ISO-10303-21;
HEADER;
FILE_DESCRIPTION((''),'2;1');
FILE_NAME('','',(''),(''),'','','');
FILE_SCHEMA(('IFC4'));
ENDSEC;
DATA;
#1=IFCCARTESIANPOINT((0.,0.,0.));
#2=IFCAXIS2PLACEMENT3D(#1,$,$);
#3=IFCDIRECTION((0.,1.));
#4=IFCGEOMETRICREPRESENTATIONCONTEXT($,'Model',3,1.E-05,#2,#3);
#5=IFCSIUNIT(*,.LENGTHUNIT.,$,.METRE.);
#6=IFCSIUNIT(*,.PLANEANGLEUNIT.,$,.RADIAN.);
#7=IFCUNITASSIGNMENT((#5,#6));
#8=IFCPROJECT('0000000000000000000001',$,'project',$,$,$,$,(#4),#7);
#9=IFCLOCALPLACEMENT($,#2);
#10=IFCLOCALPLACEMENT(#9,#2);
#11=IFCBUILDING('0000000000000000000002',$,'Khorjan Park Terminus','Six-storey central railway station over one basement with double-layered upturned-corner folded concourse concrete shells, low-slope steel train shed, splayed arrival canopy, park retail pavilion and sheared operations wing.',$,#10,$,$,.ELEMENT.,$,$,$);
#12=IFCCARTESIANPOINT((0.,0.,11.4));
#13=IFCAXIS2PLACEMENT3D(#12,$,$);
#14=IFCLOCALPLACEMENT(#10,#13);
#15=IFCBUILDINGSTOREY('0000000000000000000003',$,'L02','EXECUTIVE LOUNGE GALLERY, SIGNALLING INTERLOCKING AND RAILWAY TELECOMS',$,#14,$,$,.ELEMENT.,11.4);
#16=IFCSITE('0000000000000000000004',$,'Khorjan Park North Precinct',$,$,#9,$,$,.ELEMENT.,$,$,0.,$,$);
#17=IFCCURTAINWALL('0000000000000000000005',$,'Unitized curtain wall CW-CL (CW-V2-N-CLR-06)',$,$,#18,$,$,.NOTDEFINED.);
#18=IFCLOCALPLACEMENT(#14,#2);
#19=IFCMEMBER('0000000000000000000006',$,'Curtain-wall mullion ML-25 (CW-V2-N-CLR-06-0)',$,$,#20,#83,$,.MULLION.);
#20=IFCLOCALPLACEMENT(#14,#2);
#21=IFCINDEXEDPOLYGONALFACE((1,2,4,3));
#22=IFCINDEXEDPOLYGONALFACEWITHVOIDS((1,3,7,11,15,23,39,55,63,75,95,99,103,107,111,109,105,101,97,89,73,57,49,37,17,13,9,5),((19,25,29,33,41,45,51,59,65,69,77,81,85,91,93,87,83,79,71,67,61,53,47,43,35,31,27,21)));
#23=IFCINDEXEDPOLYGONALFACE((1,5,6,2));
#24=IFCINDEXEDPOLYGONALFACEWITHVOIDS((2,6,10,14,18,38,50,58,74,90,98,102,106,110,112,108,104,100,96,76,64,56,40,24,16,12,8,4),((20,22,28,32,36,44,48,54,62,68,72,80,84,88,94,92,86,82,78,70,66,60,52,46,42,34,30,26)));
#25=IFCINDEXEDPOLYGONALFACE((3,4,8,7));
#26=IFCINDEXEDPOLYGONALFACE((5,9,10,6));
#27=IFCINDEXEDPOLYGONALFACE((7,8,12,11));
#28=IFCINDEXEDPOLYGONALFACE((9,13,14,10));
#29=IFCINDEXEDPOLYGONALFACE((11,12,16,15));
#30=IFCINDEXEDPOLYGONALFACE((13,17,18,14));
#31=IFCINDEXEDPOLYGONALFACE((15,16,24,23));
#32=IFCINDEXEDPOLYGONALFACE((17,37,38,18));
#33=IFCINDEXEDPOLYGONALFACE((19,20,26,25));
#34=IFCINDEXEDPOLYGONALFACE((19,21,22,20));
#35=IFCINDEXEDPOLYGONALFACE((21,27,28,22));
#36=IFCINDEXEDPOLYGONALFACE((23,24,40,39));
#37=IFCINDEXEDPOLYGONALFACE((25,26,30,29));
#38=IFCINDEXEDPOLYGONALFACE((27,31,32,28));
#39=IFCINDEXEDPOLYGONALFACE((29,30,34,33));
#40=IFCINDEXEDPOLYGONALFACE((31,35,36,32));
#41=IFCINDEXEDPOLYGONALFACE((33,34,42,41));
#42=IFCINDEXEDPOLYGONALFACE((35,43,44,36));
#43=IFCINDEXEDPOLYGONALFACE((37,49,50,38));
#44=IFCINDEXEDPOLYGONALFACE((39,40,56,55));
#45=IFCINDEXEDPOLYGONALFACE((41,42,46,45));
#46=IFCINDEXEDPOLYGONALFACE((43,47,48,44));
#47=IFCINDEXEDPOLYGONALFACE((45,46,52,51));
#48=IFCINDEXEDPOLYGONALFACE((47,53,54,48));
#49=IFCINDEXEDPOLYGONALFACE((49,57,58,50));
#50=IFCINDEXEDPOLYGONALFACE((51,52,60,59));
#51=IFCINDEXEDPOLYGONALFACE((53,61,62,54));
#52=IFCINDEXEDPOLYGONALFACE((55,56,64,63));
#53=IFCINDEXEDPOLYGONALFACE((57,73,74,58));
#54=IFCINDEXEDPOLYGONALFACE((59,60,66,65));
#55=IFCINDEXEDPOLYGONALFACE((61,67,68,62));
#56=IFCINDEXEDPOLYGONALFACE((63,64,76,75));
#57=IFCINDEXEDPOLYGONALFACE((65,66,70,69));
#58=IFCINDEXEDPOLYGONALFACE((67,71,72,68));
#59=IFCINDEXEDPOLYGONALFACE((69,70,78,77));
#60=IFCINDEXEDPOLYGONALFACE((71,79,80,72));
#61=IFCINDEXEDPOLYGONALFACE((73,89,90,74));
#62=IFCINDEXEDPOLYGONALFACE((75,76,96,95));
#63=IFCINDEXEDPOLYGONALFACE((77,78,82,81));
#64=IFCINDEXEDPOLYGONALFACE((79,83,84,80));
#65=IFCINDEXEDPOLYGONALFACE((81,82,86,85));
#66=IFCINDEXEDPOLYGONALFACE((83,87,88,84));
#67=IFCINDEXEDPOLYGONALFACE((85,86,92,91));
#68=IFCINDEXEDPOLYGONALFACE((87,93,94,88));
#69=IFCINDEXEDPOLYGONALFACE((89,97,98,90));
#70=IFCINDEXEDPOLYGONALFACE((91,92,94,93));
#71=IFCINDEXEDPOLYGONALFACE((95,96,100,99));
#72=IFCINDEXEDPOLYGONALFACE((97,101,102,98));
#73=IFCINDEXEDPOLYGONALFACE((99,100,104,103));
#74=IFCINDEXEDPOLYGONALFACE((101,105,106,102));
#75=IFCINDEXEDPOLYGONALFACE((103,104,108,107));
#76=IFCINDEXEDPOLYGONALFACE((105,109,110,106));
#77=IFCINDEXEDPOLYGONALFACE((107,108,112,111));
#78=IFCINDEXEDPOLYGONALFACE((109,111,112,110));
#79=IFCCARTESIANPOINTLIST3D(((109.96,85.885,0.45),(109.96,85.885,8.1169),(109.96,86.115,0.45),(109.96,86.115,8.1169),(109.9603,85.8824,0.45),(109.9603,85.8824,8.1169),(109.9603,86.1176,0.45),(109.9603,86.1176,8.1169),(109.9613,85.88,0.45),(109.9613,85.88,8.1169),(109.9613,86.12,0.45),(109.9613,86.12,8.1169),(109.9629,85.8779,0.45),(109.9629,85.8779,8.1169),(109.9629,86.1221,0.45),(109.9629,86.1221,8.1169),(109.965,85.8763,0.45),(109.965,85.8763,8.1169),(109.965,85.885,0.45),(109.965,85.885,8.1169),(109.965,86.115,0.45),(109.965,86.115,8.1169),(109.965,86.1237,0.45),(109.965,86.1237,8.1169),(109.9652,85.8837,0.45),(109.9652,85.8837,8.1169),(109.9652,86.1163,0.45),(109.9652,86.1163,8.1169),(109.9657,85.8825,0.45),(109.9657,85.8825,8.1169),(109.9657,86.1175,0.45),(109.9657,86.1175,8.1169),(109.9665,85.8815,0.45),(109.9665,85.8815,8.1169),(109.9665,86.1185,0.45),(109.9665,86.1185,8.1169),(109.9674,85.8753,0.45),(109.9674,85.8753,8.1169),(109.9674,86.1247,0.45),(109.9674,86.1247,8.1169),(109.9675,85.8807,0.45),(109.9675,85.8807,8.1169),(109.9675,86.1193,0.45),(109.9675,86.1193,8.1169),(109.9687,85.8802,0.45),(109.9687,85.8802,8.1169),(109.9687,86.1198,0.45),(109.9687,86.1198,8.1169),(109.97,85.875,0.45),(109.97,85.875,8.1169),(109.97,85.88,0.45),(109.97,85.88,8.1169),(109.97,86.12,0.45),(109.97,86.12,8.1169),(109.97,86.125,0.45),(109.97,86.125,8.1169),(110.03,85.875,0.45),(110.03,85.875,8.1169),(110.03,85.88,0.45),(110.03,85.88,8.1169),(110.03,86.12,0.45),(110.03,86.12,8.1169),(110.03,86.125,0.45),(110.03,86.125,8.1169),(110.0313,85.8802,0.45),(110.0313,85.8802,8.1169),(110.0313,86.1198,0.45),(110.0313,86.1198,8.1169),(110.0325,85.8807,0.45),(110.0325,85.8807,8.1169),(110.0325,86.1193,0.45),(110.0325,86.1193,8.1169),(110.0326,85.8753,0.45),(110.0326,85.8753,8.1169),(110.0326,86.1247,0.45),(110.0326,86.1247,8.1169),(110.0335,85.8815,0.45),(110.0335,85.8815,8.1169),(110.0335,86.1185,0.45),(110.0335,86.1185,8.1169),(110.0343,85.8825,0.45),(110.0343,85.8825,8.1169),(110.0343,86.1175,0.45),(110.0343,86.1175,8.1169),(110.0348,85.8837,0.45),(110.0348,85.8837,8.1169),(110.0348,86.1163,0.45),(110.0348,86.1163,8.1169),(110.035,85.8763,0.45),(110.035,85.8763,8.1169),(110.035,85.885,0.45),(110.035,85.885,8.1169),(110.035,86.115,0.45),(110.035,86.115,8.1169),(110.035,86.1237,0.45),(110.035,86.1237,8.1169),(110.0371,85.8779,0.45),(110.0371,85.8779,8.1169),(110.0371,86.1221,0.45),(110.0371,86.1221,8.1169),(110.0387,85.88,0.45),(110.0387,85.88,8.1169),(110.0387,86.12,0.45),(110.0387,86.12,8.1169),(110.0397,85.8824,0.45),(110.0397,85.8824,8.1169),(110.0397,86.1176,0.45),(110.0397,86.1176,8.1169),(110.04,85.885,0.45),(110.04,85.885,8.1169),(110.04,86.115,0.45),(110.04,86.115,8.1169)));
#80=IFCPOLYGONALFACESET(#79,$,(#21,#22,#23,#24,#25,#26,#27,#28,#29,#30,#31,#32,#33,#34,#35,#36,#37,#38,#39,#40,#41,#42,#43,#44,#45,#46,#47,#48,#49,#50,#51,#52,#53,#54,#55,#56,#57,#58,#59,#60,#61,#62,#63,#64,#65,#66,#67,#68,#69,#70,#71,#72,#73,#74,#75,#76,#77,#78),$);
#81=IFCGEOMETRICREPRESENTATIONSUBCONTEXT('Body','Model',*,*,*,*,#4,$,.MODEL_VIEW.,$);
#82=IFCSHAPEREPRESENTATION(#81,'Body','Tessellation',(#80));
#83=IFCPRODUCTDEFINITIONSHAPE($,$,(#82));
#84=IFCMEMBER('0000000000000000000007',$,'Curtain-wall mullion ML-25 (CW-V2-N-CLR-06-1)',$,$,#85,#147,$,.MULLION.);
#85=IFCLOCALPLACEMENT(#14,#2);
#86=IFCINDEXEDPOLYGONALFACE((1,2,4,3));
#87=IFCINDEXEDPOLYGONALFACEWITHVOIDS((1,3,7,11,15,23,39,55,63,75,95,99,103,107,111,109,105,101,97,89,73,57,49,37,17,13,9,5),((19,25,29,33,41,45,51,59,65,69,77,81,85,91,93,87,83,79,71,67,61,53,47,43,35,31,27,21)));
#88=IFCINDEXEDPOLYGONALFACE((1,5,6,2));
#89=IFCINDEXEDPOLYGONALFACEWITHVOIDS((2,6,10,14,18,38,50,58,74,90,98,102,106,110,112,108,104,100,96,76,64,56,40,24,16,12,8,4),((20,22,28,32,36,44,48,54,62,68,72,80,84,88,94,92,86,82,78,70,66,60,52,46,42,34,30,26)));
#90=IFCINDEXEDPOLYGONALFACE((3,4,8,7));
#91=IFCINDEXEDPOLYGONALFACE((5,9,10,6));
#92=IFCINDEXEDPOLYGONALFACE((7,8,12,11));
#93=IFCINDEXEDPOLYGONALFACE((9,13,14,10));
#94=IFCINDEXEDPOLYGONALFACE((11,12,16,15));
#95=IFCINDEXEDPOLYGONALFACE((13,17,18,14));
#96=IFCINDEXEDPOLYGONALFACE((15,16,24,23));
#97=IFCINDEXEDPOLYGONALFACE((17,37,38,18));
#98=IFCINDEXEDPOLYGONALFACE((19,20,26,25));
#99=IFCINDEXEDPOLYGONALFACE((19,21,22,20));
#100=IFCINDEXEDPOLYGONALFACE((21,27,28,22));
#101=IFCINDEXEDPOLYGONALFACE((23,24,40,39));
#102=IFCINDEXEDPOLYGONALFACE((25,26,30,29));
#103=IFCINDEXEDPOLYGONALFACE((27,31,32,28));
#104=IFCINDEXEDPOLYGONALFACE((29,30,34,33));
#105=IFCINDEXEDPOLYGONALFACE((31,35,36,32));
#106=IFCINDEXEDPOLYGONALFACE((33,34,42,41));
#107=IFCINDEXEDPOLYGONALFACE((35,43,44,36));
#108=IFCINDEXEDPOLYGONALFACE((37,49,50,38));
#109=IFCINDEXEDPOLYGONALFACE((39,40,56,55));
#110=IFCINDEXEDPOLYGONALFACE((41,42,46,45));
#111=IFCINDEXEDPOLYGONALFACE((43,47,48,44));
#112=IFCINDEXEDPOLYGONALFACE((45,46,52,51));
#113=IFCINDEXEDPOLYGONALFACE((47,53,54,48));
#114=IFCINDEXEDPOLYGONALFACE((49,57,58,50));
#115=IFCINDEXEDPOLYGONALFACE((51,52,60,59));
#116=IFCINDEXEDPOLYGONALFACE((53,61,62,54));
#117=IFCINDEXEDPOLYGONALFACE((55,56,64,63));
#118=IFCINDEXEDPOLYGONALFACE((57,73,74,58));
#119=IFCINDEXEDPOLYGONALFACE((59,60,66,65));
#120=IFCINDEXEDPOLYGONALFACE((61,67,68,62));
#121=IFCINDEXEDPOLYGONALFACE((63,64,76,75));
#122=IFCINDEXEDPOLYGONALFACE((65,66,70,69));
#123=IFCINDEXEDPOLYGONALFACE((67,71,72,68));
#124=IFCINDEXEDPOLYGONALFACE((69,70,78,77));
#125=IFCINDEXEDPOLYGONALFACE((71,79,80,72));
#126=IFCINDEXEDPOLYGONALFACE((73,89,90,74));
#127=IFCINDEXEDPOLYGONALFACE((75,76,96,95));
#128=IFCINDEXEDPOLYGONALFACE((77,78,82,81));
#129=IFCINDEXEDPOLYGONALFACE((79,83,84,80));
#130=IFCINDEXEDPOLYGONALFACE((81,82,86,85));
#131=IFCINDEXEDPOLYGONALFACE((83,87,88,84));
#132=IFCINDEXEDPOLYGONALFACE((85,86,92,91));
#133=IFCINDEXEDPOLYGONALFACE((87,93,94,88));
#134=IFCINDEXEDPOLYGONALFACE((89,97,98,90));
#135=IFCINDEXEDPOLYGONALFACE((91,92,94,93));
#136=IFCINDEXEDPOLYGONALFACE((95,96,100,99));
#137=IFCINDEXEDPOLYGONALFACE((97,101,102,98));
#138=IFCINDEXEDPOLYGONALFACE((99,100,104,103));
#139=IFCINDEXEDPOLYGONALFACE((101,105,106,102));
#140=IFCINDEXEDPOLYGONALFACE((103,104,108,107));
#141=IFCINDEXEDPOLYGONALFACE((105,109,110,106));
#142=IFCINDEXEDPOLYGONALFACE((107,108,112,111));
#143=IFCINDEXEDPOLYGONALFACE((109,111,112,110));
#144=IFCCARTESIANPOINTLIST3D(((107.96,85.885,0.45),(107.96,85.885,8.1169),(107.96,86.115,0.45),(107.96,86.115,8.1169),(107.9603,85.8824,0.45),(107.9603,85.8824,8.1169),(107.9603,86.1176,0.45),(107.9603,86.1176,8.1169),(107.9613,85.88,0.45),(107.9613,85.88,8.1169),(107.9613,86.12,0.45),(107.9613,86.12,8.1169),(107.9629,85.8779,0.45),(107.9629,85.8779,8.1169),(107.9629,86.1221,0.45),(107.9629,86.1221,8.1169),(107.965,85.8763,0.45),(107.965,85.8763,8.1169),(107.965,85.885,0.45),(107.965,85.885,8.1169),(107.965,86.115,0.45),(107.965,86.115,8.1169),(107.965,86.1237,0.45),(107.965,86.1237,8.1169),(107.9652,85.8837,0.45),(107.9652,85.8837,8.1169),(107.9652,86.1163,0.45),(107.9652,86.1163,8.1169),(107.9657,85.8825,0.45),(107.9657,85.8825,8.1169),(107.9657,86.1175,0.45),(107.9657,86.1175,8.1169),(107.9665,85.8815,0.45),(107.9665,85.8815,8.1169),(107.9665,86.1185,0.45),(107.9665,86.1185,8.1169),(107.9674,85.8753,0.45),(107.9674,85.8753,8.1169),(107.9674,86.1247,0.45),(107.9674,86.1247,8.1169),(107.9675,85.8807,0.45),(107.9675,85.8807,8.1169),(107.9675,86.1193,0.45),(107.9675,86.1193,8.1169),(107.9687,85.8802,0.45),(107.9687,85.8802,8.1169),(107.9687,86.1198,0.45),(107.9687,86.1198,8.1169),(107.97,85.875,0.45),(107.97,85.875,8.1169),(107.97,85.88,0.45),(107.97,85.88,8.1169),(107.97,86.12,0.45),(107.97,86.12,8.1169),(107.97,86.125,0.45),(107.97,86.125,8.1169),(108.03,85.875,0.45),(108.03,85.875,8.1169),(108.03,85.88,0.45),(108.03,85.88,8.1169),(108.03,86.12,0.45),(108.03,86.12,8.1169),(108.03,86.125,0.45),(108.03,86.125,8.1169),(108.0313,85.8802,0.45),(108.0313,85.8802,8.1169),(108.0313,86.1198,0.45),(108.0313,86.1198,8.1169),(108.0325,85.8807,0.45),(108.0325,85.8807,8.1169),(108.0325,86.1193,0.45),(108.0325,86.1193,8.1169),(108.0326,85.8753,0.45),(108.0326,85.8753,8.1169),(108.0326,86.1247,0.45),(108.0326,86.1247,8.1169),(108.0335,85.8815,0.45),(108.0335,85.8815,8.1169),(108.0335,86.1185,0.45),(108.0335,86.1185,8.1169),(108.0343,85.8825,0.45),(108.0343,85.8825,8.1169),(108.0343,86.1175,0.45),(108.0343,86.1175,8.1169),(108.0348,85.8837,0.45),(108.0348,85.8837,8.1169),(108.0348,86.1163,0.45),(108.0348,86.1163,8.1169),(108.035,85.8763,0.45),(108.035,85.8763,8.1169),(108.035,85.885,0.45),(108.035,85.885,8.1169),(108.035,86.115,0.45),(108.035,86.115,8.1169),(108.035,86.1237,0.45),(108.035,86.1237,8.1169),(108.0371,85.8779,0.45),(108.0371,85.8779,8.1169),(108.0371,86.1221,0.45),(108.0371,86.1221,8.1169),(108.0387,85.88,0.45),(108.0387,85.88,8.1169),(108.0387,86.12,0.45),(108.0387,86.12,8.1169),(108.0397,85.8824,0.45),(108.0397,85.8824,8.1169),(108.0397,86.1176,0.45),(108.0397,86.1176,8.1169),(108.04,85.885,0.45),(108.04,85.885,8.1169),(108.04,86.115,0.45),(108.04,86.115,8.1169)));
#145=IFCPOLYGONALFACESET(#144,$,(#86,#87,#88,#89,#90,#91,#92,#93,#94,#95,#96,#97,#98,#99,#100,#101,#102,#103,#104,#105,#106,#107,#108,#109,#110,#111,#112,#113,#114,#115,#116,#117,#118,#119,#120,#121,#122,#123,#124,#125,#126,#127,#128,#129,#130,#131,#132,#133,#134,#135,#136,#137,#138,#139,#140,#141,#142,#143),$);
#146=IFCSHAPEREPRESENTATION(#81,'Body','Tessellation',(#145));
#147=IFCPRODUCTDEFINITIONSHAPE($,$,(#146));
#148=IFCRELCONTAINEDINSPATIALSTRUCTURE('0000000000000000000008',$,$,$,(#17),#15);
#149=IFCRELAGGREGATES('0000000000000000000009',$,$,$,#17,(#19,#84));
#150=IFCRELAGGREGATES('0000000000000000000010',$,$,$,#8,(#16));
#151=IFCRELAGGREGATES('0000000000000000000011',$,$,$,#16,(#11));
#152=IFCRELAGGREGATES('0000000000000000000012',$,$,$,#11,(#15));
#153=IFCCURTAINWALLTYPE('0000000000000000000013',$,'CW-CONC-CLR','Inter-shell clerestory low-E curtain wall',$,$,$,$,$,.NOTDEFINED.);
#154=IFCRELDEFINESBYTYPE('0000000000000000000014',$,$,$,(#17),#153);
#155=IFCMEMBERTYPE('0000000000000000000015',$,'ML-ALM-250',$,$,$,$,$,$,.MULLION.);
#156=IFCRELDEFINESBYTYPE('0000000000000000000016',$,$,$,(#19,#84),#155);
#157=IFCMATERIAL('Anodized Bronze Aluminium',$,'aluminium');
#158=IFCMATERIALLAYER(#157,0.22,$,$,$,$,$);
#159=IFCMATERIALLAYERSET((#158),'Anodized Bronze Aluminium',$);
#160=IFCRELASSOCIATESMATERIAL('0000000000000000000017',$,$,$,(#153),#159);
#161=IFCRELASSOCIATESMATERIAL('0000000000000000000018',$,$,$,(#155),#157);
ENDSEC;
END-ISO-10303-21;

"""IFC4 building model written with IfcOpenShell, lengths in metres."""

from ifc_helpers import new_model, si_unit, direction, frame, origin, origin_2d, place, context, subcontext, project, spatial, hollow_rectangle, extrude, material, layer, layer_set, material_profile, profile_set, type_object, element, aggregate, save


model = new_model("IFC4")

# Units and contexts
model_context = context("Model", 3, precision=1e-05, world=origin(), true_north=direction((0.0, 1.0)))
body_context = subcontext(model_context, "Body", "Model", "MODEL_VIEW")
ifc_project = project(units=[si_unit("LENGTHUNIT", "METRE"), si_unit("PLANEANGLEUNIT", "RADIAN")], contexts=[model_context])

# Site, building, storey
site_placement = place(None, origin())
site = spatial("IfcSite", under=ifc_project, at=site_placement, Name="Khorjan Park North Precinct", CompositionType="ELEMENT", RefElevation=0.0)
building_placement = place(site_placement, origin())
building = spatial("IfcBuilding", under=site, at=building_placement, Name="Khorjan Park Terminus", Description="Six-storey central railway station over one basement with double-layered upturned-corner folded concourse concrete shells, low-slope steel train shed, splayed arrival canopy, park retail pavilion and sheared operations wing.", CompositionType="ELEMENT")
storey_placement = place(building_placement, frame((0.0, 0.0, 11.4)))
storey = spatial("IfcBuildingStorey", under=building, at=storey_placement, Name="L02", Description="EXECUTIVE LOUNGE GALLERY, SIGNALLING INTERLOCKING AND RAILWAY TELECOMS", CompositionType="ELEMENT", Elevation=11.4)

# Curtain wall, members
ifc_material_1 = material(Name="Anodized Bronze Aluminium", Category="aluminium")
ifc_layer_1 = layer(ifc_material_1, 0.22)
ifc_layer_set_1 = layer_set([ifc_layer_1], Name="Anodized Bronze Aluminium")
curtain_wall_type = type_object("IfcCurtainWallType", Name="CW-CONC-CLR", Description="Inter-shell clerestory low-E curtain wall", PredefinedType="NOTDEFINED", material=ifc_layer_set_1)
curtain_wall_1_placement = place(storey_placement, origin())
curtain_wall_1 = element("IfcCurtainWall", 1, at=curtain_wall_1_placement, inside=storey, type_object=curtain_wall_type, Name="Unitized curtain wall CW-CL (CW-V2-N-CLR-06)", PredefinedType="NOTDEFINED")
ifc_material_profile_1 = material_profile(ifc_material_1, hollow_rectangle(XDim=0.08, YDim=0.25, WallThickness=0.005, InnerFilletRadius=0.005, OuterFilletRadius=0.01, at=origin_2d()), Name="ALM 80x250x5")
ifc_profile_set_1 = profile_set([ifc_material_profile_1], Name="Anodized Bronze Aluminium")
member_type_1 = type_object("IfcMemberType", Name="ML-ALM-250", PredefinedType="MULLION", material=ifc_profile_set_1)
member_1_placement = place(storey_placement, frame((110.0, 86.0, 0.45), z_axis=(0.0, 0.0, 1.0), x_axis=(-1.0, 0.0, 0.0)))
member_1 = element("IfcMember", 2, at=member_1_placement, type_object=member_type_1, Name="Curtain-wall mullion ML-25 (CW-V2-N-CLR-06-0)", PredefinedType="MULLION", context=body_context, shape_type="SweptSolid", body=[
    extrude(hollow_rectangle(XDim=0.08, YDim=0.25, WallThickness=0.005, InnerFilletRadius=0.005, OuterFilletRadius=0.01, at=origin_2d()), origin(), (0.0, 0.0, 1.0), 7.6669),
])
member_2_placement = place(storey_placement, frame((108.0, 86.0, 0.45), z_axis=(0.0, 0.0, 1.0), x_axis=(-1.0, 0.0, 0.0)))
member_2 = element("IfcMember", 3, at=member_2_placement, type_object=member_type_1, Name="Curtain-wall mullion ML-25 (CW-V2-N-CLR-06-1)", PredefinedType="MULLION", context=body_context, shape_type="SweptSolid", body=[
    extrude(hollow_rectangle(XDim=0.08, YDim=0.25, WallThickness=0.005, InnerFilletRadius=0.005, OuterFilletRadius=0.01, at=origin_2d()), origin(), (0.0, 0.0, 1.0), 7.6669),
])

aggregate(curtain_wall_1, [member_1, member_2])

save(model, "model.ifc")
